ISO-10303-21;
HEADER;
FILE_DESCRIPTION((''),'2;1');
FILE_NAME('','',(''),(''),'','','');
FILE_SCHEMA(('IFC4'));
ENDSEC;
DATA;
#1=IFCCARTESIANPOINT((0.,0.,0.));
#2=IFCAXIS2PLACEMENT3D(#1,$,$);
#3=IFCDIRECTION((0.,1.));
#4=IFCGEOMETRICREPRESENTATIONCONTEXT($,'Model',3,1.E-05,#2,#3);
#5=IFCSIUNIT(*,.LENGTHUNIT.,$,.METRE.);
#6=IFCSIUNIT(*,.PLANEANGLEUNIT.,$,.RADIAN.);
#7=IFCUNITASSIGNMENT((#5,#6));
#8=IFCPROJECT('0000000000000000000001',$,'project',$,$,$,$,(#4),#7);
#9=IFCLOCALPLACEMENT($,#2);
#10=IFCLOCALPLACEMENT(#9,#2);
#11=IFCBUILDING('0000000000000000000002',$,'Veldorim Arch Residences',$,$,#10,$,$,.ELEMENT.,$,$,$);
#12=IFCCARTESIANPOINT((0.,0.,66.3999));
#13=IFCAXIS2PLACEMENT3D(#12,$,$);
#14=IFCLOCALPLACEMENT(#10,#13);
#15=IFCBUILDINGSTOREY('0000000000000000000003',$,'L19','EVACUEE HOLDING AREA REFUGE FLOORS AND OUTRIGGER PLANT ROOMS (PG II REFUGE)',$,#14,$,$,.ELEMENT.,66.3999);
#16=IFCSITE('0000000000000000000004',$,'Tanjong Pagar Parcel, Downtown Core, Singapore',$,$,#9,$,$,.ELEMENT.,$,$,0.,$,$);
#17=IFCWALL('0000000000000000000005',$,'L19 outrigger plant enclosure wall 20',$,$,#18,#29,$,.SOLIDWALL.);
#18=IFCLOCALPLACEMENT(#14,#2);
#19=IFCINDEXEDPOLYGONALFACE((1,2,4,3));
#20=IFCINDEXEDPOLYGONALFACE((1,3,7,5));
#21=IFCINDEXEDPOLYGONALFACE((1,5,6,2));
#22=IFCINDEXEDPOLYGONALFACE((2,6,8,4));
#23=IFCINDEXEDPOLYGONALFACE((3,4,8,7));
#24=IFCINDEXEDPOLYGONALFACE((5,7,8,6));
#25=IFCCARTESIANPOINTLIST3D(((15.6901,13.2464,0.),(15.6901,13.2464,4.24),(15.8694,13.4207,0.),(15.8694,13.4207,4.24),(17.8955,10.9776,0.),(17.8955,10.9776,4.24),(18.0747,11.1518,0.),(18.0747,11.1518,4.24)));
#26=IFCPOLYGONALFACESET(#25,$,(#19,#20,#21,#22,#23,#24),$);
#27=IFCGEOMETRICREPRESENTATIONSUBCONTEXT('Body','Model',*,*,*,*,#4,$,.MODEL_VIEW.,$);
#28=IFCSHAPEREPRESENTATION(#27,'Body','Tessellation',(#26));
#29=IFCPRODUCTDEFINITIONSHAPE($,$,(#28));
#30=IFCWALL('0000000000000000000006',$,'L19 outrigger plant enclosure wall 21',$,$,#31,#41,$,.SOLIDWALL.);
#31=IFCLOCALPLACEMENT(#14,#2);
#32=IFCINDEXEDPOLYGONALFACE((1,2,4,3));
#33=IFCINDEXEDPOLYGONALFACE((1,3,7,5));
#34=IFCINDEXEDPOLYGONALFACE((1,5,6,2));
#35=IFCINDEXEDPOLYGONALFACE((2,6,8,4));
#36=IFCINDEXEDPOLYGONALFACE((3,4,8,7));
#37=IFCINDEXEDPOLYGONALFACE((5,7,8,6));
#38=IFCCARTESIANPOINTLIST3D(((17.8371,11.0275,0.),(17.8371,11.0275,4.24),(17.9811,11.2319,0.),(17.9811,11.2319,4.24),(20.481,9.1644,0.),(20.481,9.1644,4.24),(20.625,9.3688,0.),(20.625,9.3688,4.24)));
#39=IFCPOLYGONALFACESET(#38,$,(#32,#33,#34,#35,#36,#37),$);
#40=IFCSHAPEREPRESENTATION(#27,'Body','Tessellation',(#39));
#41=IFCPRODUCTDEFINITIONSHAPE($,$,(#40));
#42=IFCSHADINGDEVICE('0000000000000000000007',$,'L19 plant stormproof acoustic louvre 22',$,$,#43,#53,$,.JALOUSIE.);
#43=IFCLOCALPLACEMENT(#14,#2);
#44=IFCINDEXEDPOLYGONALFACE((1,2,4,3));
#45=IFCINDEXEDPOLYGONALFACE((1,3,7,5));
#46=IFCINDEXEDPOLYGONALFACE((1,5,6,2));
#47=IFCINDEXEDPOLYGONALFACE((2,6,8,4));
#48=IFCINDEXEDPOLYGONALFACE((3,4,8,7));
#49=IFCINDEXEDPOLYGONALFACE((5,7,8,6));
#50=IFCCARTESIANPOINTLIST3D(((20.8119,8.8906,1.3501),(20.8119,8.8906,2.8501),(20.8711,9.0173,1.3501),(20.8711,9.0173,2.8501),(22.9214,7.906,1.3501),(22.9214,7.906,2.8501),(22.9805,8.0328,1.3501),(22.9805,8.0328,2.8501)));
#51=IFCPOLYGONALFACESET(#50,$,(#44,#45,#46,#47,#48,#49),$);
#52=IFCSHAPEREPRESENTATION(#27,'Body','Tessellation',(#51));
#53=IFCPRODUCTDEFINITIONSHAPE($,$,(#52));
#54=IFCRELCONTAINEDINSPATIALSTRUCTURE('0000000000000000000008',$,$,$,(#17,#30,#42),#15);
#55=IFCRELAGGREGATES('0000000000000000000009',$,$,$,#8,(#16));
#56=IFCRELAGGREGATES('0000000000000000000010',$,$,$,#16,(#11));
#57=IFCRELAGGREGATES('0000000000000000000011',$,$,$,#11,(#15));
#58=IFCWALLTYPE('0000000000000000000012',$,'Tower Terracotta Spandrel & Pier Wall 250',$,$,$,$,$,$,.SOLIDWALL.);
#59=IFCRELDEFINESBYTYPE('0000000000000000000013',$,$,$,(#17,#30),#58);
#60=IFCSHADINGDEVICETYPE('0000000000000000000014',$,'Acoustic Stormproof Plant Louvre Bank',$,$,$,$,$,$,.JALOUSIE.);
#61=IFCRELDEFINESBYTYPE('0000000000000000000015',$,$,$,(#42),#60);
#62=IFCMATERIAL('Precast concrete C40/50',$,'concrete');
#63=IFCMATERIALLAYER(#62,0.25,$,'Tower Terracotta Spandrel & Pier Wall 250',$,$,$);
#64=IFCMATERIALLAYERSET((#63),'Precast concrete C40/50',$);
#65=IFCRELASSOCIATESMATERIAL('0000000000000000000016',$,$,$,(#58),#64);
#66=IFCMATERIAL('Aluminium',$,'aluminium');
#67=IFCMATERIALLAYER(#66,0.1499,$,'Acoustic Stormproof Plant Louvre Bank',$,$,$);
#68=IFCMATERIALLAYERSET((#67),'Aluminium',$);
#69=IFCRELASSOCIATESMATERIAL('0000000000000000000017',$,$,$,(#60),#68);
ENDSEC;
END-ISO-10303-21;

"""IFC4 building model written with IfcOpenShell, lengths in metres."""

from ifc_helpers import new_model, si_unit, direction, frame, frame_2d, origin, origin_2d, place, context, subcontext, project, spatial, rectangle, extrude, material, layer, layer_set, type_object, element, save


model = new_model("IFC4")

# Units and contexts
model_context = context("Model", 3, precision=1e-05, world=origin(), true_north=direction((0.0, 1.0)))
body_context = subcontext(model_context, "Body", "Model", "MODEL_VIEW")
ifc_project = project(units=[si_unit("LENGTHUNIT", "METRE"), si_unit("PLANEANGLEUNIT", "RADIAN")], contexts=[model_context])

# Site, building, storey
site_placement = place(None, origin())
site = spatial("IfcSite", under=ifc_project, at=site_placement, Name="Tanjong Pagar Parcel, Downtown Core, Singapore", CompositionType="ELEMENT", RefElevation=0.0)
building_placement = place(site_placement, origin())
building = spatial("IfcBuilding", under=site, at=building_placement, Name="Veldorim Arch Residences", CompositionType="ELEMENT")
storey_placement = place(building_placement, frame((0.0, 0.0, 66.3999)))
storey = spatial("IfcBuildingStorey", under=building, at=storey_placement, Name="L19", Description="EVACUEE HOLDING AREA REFUGE FLOORS AND OUTRIGGER PLANT ROOMS (PG II REFUGE)", CompositionType="ELEMENT", Elevation=66.3999)

# Walls
ifc_material_1 = material(Name="Precast concrete C40/50", Category="concrete")
ifc_layer_1 = layer(ifc_material_1, 0.25, Name="Tower Terracotta Spandrel & Pier Wall 250")
ifc_layer_set_1 = layer_set([ifc_layer_1], Name="Precast concrete C40/50")
wall_type_1 = type_object("IfcWallType", Name="Tower Terracotta Spandrel & Pier Wall 250", PredefinedType="SOLIDWALL", material=ifc_layer_set_1)
wall_1_placement = place(storey_placement, frame((17.9851, 11.0647, 0.0), z_axis=(0.0, 0.0, 1.0), x_axis=(-0.697005, 0.717067, 0.0)))
element("IfcWall", 1, at=wall_1_placement, inside=storey, type_object=wall_type_1, Name="L19 outrigger plant enclosure wall 20", PredefinedType="SOLIDWALL", context=body_context, shape_type="SweptSolid", body=[
    extrude(rectangle(XDim=3.1641, YDim=0.25, at=frame_2d((1.582, 0.0))), origin(), (0.0, 0.0, 1.0), 4.24),
])
wall_2_placement = place(storey_placement, frame((20.553, 9.2666, 0.0), z_axis=(0.0, 0.0, 1.0), x_axis=(-0.81743, 0.576028, 0.0)))
element("IfcWall", 2, at=wall_2_placement, inside=storey, type_object=wall_type_1, Name="L19 outrigger plant enclosure wall 21", PredefinedType="SOLIDWALL", context=body_context, shape_type="SweptSolid", body=[
    extrude(rectangle(XDim=3.2344, YDim=0.25, at=frame_2d((1.6172, 0.0))), origin(), (0.0, 0.0, 1.0), 4.24),
])

# Shading device
ifc_material_2 = material(Name="Aluminium", Category="aluminium")
ifc_layer_2 = layer(ifc_material_2, 0.1499, Name="Acoustic Stormproof Plant Louvre Bank")
ifc_layer_set_2 = layer_set([ifc_layer_2], Name="Aluminium")
shading_device_type = type_object("IfcShadingDeviceType", Name="Acoustic Stormproof Plant Louvre Bank", PredefinedType="JALOUSIE", material=ifc_layer_set_2)
shading_device_placement = place(storey_placement, frame((21.8962, 8.4617, 1.3501), z_axis=(0.0, 0.0, 1.0), x_axis=(-0.90616, 0.422935, 0.0)))
element("IfcShadingDevice", 3, at=shading_device_placement, inside=storey, type_object=shading_device_type, Name="L19 plant stormproof acoustic louvre 22", PredefinedType="JALOUSIE", context=body_context, shape_type="SweptSolid", body=[
    extrude(rectangle(XDim=2.3279, YDim=0.1399, at=origin_2d()), origin(), (0.0, 0.0, 1.0), 1.5),
])

save(model, "model.ifc")
